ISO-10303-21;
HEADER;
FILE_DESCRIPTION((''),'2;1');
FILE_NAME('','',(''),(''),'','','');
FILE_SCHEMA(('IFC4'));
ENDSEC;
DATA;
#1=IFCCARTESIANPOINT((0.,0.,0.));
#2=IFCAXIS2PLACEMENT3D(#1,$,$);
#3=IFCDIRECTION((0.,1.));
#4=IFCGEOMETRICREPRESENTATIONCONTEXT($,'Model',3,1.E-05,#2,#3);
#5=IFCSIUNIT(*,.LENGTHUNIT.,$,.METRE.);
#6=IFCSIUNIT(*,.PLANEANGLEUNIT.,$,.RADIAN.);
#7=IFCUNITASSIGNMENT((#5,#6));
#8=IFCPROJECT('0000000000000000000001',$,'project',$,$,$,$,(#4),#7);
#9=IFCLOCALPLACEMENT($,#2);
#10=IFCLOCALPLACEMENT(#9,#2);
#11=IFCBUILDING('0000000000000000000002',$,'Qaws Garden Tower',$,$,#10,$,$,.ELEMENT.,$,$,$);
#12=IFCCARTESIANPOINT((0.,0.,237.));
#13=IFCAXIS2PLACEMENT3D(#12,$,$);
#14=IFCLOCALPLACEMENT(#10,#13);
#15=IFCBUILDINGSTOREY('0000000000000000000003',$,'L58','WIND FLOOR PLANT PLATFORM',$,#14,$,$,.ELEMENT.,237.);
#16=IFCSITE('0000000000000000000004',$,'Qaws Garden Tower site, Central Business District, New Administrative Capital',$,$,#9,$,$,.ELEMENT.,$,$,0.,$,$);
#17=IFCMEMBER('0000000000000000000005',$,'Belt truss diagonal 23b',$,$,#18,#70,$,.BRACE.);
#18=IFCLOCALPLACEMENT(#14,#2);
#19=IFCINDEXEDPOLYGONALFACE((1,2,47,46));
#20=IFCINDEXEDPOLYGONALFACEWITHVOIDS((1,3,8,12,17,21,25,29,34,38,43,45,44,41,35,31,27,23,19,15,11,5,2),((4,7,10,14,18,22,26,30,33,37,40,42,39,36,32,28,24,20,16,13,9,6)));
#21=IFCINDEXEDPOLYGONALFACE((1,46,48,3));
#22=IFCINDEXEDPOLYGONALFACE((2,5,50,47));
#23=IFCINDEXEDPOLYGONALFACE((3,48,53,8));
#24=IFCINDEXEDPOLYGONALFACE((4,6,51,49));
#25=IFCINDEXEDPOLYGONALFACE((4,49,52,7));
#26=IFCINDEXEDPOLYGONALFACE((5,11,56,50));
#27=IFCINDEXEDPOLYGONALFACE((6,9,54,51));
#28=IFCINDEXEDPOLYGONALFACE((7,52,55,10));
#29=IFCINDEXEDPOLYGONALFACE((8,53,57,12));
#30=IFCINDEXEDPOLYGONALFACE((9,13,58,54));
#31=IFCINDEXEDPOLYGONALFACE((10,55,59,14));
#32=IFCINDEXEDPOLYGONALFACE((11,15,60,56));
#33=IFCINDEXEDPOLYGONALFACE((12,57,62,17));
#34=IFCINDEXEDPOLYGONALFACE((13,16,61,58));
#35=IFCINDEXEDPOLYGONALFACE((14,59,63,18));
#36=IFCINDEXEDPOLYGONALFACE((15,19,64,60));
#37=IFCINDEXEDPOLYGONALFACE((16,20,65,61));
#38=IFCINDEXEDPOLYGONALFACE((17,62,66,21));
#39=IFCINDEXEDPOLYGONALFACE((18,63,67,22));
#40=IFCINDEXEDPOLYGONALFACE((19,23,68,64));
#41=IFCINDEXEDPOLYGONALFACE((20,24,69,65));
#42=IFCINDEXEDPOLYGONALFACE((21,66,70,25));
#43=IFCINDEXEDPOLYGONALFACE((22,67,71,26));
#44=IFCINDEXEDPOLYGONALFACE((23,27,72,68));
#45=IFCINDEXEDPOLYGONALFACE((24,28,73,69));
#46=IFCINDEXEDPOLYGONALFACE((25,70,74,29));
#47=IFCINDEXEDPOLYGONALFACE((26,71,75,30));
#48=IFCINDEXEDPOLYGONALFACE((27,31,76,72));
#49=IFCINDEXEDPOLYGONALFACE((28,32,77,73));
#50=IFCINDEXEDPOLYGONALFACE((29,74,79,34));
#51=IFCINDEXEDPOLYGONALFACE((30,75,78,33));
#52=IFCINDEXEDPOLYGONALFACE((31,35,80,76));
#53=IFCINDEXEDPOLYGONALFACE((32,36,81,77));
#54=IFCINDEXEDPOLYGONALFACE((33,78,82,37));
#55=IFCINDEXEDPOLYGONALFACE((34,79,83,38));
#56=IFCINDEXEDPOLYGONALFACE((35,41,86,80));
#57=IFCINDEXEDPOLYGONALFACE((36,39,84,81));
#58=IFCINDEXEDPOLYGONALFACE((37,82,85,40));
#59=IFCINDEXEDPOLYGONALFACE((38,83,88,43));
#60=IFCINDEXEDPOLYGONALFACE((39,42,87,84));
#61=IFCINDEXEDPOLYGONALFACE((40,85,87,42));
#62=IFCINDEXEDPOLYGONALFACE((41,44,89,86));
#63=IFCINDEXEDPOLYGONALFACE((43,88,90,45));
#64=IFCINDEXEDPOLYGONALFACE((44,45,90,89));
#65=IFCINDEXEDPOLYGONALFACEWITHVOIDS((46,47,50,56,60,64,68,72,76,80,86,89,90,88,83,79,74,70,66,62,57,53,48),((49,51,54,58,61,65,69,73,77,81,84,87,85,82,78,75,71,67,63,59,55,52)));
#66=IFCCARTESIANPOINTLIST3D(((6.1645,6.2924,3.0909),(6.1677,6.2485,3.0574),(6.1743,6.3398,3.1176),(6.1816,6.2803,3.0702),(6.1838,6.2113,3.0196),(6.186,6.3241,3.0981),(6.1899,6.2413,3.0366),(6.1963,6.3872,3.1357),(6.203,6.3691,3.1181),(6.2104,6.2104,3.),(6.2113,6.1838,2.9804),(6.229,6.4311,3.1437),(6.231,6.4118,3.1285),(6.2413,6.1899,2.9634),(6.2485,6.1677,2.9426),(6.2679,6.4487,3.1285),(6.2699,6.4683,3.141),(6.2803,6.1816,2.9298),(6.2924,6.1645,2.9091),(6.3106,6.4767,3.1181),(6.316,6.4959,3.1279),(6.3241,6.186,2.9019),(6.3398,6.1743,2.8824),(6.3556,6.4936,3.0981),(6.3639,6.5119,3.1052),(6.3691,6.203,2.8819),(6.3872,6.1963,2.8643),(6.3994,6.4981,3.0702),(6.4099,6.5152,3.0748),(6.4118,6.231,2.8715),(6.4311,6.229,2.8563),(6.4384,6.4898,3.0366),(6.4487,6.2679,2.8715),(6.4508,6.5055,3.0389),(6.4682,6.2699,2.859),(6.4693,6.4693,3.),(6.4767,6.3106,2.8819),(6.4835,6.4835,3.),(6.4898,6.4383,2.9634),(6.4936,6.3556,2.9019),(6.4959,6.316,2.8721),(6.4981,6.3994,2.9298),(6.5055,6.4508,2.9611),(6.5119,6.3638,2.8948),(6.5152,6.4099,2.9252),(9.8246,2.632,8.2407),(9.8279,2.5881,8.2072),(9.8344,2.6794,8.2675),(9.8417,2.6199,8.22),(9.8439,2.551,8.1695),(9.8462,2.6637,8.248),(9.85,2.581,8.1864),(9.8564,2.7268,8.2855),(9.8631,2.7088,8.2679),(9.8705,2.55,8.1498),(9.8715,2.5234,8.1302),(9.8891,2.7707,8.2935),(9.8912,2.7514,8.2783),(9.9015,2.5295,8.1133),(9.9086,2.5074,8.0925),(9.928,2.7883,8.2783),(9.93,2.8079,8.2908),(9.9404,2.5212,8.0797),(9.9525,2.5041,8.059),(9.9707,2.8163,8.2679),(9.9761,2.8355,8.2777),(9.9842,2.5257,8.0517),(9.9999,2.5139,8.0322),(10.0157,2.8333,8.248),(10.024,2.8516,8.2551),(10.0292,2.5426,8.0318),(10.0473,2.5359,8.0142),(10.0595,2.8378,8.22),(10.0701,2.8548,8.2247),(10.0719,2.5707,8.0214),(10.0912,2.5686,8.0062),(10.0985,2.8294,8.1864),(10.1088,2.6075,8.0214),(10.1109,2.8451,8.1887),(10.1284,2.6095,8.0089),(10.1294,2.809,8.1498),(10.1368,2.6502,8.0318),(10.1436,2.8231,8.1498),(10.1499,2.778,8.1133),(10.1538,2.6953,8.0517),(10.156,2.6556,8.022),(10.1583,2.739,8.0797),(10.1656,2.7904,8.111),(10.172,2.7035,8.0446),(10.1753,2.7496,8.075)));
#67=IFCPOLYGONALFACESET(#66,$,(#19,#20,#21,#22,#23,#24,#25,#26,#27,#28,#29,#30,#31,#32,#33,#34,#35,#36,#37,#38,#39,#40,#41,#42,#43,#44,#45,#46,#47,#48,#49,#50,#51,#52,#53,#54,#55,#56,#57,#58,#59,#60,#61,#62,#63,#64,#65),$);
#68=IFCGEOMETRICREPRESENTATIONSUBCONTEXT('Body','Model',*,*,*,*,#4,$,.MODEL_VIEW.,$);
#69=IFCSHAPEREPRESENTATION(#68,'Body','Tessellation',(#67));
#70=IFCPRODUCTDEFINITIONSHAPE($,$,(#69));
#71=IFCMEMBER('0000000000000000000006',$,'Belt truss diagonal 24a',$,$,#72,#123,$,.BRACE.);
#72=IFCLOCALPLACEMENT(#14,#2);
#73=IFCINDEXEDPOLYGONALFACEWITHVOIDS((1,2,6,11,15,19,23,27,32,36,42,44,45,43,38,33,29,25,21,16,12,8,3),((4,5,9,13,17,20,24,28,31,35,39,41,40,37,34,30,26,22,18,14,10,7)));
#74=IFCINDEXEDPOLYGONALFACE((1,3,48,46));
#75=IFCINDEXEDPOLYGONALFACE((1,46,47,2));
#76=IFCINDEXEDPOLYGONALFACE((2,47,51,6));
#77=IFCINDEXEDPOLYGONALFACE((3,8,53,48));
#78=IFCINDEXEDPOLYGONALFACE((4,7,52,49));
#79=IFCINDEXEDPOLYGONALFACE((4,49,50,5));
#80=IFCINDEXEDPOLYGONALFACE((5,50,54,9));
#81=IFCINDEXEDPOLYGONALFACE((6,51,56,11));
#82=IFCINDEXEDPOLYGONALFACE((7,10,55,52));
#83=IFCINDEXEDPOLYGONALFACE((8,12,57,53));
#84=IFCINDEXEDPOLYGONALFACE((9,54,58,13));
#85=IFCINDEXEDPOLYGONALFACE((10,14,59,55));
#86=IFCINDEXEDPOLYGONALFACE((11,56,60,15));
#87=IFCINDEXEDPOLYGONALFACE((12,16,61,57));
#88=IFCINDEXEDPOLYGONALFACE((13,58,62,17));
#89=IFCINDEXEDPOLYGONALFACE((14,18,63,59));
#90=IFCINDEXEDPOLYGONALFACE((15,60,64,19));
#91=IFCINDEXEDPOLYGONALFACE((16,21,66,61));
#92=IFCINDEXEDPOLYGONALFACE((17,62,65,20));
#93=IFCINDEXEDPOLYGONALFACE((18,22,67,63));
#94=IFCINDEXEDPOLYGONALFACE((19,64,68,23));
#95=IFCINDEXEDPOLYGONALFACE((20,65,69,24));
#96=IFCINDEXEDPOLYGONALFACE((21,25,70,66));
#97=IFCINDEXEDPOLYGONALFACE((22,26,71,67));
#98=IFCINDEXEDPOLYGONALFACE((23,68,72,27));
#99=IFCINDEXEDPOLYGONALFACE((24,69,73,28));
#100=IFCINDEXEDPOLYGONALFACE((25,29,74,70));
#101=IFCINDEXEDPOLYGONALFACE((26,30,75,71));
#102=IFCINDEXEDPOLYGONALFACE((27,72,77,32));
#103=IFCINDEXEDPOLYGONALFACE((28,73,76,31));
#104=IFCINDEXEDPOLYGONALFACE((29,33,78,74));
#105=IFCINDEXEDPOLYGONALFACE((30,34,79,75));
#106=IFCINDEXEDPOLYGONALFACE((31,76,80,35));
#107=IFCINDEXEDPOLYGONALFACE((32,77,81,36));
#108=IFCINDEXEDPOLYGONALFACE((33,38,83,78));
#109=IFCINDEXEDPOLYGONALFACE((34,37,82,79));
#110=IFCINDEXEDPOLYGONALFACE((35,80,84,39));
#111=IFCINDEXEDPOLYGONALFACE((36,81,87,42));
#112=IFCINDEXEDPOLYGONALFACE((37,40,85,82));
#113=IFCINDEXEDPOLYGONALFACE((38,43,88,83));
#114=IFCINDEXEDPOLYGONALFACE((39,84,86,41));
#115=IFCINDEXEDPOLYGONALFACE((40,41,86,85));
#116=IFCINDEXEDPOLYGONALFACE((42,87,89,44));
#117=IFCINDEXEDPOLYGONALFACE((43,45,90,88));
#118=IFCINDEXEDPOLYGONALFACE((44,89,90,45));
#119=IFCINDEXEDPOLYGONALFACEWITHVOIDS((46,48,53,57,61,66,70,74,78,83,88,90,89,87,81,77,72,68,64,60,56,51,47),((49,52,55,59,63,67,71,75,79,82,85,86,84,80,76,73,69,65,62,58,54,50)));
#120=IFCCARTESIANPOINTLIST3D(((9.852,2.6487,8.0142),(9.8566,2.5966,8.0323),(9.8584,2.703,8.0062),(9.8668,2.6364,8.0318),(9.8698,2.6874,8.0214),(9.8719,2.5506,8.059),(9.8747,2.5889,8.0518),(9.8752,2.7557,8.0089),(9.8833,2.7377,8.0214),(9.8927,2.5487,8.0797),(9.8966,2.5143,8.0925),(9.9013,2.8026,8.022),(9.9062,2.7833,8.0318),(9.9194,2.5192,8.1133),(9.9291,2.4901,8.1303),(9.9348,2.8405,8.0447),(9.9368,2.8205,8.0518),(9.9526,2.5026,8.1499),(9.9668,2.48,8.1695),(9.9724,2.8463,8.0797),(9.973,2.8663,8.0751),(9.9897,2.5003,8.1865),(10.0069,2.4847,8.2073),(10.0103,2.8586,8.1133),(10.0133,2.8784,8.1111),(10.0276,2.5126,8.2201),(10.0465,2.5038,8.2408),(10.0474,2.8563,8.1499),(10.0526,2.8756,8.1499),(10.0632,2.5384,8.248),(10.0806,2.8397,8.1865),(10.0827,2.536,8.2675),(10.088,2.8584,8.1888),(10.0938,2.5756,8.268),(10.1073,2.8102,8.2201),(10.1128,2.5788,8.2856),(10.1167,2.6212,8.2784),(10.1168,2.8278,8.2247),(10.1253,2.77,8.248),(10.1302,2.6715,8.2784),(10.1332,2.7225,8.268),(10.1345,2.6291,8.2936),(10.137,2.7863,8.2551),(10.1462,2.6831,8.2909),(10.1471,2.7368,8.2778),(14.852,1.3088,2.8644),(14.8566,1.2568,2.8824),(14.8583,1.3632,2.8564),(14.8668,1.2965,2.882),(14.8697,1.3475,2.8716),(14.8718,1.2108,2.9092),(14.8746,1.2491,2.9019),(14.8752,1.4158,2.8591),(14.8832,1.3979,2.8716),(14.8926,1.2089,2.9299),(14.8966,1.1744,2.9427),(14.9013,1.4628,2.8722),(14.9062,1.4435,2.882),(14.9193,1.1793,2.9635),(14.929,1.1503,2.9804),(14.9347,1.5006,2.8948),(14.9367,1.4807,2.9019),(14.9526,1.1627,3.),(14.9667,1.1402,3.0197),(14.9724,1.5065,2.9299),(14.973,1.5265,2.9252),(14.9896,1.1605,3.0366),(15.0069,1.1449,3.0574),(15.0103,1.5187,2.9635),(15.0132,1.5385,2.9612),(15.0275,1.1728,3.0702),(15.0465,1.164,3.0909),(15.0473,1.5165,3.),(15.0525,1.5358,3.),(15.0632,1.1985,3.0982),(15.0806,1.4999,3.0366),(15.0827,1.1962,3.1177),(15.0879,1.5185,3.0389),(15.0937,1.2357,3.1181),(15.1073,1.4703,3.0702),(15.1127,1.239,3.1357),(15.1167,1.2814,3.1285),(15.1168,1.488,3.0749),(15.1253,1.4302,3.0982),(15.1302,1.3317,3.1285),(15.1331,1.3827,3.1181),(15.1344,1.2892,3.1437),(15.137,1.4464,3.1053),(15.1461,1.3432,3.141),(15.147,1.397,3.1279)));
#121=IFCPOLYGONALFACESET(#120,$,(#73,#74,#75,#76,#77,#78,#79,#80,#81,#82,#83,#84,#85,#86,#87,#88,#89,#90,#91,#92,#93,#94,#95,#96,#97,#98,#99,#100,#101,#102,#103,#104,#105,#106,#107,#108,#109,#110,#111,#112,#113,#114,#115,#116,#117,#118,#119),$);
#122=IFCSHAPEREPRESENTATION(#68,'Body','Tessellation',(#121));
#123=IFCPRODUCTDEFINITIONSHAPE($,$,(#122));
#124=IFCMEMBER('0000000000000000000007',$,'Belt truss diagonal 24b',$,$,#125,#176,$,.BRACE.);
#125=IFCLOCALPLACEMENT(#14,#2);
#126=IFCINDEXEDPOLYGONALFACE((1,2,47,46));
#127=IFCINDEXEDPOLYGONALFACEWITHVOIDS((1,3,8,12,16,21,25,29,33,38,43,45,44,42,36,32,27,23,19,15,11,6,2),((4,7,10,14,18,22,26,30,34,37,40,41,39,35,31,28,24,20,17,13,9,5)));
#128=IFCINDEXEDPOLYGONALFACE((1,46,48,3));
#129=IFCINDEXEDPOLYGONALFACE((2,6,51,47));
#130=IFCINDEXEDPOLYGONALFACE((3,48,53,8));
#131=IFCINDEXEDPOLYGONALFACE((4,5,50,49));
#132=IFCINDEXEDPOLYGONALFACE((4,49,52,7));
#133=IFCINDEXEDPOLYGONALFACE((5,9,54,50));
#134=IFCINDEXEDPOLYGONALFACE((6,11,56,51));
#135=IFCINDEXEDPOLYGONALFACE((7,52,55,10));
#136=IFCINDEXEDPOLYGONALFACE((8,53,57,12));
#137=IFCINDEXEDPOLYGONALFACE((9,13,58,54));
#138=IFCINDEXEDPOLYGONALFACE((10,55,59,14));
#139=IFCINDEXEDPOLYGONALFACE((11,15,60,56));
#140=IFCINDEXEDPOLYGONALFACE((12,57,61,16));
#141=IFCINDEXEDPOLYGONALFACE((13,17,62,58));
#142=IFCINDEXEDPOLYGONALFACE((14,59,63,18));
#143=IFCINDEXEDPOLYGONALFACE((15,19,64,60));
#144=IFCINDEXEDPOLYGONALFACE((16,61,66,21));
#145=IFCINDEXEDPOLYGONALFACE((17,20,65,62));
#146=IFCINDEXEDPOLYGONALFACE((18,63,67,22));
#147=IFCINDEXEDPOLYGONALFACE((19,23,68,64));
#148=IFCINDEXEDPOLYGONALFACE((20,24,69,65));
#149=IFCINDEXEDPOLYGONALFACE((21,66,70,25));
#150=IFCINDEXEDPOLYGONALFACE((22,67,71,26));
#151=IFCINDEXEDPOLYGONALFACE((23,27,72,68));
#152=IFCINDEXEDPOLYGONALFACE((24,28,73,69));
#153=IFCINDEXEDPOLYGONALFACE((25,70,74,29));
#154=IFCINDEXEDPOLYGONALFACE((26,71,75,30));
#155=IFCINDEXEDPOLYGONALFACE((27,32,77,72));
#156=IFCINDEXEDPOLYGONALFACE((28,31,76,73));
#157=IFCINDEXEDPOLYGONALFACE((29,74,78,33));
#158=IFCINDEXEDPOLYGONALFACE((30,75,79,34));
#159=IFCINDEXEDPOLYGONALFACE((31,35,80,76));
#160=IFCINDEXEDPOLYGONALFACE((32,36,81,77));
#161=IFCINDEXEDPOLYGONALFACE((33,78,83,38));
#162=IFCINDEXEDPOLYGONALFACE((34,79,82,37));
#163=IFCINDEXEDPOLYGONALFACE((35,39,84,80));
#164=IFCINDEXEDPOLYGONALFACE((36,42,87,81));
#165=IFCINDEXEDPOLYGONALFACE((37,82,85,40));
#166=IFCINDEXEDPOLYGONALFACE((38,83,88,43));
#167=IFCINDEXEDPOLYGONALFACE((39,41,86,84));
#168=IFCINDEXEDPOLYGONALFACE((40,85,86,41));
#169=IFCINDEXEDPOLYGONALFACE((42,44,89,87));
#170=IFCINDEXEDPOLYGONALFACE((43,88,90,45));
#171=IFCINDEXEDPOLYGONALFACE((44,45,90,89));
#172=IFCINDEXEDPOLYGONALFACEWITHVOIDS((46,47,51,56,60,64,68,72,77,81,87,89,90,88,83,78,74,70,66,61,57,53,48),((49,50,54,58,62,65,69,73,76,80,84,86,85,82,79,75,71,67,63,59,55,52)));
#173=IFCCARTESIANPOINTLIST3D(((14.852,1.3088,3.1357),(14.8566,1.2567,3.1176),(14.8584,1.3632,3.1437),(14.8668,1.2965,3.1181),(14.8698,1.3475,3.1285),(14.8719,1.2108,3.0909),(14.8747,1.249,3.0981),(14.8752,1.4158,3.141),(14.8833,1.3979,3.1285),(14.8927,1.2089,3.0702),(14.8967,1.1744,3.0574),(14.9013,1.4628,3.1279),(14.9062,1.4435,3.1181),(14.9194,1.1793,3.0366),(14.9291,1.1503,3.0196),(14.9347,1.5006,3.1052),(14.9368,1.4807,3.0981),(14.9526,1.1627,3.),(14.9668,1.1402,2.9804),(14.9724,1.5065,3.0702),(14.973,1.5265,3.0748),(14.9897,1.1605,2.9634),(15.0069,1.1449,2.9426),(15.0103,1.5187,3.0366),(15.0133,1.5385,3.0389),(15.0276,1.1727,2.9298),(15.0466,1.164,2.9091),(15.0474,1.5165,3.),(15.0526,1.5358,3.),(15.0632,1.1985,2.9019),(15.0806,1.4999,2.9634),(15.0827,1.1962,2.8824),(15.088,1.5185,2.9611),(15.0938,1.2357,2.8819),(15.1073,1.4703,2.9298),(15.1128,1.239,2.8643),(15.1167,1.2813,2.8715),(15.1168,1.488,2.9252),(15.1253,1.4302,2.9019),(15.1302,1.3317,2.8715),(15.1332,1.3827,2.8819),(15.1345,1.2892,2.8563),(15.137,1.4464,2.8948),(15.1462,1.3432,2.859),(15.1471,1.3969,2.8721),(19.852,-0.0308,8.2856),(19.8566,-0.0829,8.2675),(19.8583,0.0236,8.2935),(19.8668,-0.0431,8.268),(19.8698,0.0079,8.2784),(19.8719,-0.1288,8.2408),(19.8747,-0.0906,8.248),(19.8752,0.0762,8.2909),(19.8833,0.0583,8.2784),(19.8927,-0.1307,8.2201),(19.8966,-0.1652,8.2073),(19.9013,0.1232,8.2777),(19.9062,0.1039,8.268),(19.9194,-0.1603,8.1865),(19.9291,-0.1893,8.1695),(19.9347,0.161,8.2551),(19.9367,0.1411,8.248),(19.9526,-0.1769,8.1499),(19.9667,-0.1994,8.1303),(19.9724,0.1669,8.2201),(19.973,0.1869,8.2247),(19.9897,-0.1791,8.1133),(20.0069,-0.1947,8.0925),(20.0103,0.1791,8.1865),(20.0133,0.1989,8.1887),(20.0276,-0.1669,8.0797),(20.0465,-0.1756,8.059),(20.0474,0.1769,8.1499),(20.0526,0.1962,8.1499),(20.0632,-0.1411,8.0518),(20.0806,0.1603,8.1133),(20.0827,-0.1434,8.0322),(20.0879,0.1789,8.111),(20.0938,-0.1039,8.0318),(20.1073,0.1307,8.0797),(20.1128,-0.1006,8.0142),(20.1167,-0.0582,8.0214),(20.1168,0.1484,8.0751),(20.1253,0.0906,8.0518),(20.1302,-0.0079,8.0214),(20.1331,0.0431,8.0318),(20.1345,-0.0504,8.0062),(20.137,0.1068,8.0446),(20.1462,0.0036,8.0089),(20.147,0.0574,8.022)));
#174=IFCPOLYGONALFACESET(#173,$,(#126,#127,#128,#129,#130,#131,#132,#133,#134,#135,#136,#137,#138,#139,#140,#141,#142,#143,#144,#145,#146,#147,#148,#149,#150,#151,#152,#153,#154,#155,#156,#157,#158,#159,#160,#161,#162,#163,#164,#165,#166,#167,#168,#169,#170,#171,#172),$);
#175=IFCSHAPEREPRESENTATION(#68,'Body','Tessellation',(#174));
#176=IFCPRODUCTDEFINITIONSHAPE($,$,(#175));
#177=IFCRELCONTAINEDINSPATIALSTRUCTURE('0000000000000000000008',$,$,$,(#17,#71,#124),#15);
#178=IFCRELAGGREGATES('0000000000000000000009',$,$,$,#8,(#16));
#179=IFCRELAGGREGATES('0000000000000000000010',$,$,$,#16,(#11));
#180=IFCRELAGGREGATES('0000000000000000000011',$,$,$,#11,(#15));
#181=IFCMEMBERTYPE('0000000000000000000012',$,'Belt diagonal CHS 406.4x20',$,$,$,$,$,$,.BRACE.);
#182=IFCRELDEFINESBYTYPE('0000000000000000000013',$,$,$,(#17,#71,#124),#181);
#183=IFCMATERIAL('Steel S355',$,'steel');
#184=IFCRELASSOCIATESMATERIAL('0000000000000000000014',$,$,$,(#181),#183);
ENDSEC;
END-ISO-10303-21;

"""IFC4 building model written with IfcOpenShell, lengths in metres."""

from ifc_helpers import new_model, si_unit, direction, frame, origin, origin_2d, place, context, subcontext, project, spatial, hollow_circle, extrude, material, material_profile, profile_set, type_object, element, save


model = new_model("IFC4")

# Units and contexts
model_context = context("Model", 3, precision=1e-05, world=origin(), true_north=direction((0.0, 1.0)))
body_context = subcontext(model_context, "Body", "Model", "MODEL_VIEW")
ifc_project = project(units=[si_unit("LENGTHUNIT", "METRE"), si_unit("PLANEANGLEUNIT", "RADIAN")], contexts=[model_context])

# Site, building, storey
site_placement = place(None, origin())
site = spatial("IfcSite", under=ifc_project, at=site_placement, Name="Qaws Garden Tower site, Central Business District, New Administrative Capital", CompositionType="ELEMENT", RefElevation=0.0)
building_placement = place(site_placement, origin())
building = spatial("IfcBuilding", under=site, at=building_placement, Name="Qaws Garden Tower", CompositionType="ELEMENT")
storey_placement = place(building_placement, frame((0.0, 0.0, 237.0)))
storey = spatial("IfcBuildingStorey", under=building, at=storey_placement, Name="L58", Description="WIND FLOOR PLANT PLATFORM", CompositionType="ELEMENT", Elevation=237.0)

# Members
ifc_material_1 = material(Name="Steel S355", Category="steel")
ifc_material_profile_1 = material_profile(ifc_material_1, hollow_circle(Radius=0.2031, WallThickness=0.02, at=origin_2d()), Name="CHS 406.4x20")
ifc_profile_set_1 = profile_set([ifc_material_profile_1], Name="Steel S355")
member_type_1 = type_object("IfcMemberType", Name="Belt diagonal CHS 406.4x20", PredefinedType="BRACE", material=ifc_profile_set_1)
for number, where, z_axis, x_axis, name in (
    (1, (6.3398, 6.3398, 3.0), (0.501265, -0.501299, 0.705289), (0.70713, 0.707083, 0.0), "Belt truss diagonal 23b"),
    (2, (10.0, 2.6794, 8.1499), (0.68476, -0.183494, -0.70529), (0.258837, 0.965921, 0.0), "Belt truss diagonal 24a"),
    (3, (15.0, 1.3396, 3.0), (0.684764, -0.183462, 0.705294), (0.258793, 0.965933, 0.0), "Belt truss diagonal 24b"),
):
    element("IfcMember", number, at=place(storey_placement, frame(where, z_axis=z_axis, x_axis=x_axis)), inside=storey, type_object=member_type_1, Name=name, PredefinedType="BRACE", context=body_context, shape_type="SweptSolid", body=[
        extrude(hollow_circle(Radius=0.2031, WallThickness=0.02, at=origin_2d()), origin(), (0.0, 0.0, 1.0), 7.3018),
    ])

save(model, "model.ifc")
